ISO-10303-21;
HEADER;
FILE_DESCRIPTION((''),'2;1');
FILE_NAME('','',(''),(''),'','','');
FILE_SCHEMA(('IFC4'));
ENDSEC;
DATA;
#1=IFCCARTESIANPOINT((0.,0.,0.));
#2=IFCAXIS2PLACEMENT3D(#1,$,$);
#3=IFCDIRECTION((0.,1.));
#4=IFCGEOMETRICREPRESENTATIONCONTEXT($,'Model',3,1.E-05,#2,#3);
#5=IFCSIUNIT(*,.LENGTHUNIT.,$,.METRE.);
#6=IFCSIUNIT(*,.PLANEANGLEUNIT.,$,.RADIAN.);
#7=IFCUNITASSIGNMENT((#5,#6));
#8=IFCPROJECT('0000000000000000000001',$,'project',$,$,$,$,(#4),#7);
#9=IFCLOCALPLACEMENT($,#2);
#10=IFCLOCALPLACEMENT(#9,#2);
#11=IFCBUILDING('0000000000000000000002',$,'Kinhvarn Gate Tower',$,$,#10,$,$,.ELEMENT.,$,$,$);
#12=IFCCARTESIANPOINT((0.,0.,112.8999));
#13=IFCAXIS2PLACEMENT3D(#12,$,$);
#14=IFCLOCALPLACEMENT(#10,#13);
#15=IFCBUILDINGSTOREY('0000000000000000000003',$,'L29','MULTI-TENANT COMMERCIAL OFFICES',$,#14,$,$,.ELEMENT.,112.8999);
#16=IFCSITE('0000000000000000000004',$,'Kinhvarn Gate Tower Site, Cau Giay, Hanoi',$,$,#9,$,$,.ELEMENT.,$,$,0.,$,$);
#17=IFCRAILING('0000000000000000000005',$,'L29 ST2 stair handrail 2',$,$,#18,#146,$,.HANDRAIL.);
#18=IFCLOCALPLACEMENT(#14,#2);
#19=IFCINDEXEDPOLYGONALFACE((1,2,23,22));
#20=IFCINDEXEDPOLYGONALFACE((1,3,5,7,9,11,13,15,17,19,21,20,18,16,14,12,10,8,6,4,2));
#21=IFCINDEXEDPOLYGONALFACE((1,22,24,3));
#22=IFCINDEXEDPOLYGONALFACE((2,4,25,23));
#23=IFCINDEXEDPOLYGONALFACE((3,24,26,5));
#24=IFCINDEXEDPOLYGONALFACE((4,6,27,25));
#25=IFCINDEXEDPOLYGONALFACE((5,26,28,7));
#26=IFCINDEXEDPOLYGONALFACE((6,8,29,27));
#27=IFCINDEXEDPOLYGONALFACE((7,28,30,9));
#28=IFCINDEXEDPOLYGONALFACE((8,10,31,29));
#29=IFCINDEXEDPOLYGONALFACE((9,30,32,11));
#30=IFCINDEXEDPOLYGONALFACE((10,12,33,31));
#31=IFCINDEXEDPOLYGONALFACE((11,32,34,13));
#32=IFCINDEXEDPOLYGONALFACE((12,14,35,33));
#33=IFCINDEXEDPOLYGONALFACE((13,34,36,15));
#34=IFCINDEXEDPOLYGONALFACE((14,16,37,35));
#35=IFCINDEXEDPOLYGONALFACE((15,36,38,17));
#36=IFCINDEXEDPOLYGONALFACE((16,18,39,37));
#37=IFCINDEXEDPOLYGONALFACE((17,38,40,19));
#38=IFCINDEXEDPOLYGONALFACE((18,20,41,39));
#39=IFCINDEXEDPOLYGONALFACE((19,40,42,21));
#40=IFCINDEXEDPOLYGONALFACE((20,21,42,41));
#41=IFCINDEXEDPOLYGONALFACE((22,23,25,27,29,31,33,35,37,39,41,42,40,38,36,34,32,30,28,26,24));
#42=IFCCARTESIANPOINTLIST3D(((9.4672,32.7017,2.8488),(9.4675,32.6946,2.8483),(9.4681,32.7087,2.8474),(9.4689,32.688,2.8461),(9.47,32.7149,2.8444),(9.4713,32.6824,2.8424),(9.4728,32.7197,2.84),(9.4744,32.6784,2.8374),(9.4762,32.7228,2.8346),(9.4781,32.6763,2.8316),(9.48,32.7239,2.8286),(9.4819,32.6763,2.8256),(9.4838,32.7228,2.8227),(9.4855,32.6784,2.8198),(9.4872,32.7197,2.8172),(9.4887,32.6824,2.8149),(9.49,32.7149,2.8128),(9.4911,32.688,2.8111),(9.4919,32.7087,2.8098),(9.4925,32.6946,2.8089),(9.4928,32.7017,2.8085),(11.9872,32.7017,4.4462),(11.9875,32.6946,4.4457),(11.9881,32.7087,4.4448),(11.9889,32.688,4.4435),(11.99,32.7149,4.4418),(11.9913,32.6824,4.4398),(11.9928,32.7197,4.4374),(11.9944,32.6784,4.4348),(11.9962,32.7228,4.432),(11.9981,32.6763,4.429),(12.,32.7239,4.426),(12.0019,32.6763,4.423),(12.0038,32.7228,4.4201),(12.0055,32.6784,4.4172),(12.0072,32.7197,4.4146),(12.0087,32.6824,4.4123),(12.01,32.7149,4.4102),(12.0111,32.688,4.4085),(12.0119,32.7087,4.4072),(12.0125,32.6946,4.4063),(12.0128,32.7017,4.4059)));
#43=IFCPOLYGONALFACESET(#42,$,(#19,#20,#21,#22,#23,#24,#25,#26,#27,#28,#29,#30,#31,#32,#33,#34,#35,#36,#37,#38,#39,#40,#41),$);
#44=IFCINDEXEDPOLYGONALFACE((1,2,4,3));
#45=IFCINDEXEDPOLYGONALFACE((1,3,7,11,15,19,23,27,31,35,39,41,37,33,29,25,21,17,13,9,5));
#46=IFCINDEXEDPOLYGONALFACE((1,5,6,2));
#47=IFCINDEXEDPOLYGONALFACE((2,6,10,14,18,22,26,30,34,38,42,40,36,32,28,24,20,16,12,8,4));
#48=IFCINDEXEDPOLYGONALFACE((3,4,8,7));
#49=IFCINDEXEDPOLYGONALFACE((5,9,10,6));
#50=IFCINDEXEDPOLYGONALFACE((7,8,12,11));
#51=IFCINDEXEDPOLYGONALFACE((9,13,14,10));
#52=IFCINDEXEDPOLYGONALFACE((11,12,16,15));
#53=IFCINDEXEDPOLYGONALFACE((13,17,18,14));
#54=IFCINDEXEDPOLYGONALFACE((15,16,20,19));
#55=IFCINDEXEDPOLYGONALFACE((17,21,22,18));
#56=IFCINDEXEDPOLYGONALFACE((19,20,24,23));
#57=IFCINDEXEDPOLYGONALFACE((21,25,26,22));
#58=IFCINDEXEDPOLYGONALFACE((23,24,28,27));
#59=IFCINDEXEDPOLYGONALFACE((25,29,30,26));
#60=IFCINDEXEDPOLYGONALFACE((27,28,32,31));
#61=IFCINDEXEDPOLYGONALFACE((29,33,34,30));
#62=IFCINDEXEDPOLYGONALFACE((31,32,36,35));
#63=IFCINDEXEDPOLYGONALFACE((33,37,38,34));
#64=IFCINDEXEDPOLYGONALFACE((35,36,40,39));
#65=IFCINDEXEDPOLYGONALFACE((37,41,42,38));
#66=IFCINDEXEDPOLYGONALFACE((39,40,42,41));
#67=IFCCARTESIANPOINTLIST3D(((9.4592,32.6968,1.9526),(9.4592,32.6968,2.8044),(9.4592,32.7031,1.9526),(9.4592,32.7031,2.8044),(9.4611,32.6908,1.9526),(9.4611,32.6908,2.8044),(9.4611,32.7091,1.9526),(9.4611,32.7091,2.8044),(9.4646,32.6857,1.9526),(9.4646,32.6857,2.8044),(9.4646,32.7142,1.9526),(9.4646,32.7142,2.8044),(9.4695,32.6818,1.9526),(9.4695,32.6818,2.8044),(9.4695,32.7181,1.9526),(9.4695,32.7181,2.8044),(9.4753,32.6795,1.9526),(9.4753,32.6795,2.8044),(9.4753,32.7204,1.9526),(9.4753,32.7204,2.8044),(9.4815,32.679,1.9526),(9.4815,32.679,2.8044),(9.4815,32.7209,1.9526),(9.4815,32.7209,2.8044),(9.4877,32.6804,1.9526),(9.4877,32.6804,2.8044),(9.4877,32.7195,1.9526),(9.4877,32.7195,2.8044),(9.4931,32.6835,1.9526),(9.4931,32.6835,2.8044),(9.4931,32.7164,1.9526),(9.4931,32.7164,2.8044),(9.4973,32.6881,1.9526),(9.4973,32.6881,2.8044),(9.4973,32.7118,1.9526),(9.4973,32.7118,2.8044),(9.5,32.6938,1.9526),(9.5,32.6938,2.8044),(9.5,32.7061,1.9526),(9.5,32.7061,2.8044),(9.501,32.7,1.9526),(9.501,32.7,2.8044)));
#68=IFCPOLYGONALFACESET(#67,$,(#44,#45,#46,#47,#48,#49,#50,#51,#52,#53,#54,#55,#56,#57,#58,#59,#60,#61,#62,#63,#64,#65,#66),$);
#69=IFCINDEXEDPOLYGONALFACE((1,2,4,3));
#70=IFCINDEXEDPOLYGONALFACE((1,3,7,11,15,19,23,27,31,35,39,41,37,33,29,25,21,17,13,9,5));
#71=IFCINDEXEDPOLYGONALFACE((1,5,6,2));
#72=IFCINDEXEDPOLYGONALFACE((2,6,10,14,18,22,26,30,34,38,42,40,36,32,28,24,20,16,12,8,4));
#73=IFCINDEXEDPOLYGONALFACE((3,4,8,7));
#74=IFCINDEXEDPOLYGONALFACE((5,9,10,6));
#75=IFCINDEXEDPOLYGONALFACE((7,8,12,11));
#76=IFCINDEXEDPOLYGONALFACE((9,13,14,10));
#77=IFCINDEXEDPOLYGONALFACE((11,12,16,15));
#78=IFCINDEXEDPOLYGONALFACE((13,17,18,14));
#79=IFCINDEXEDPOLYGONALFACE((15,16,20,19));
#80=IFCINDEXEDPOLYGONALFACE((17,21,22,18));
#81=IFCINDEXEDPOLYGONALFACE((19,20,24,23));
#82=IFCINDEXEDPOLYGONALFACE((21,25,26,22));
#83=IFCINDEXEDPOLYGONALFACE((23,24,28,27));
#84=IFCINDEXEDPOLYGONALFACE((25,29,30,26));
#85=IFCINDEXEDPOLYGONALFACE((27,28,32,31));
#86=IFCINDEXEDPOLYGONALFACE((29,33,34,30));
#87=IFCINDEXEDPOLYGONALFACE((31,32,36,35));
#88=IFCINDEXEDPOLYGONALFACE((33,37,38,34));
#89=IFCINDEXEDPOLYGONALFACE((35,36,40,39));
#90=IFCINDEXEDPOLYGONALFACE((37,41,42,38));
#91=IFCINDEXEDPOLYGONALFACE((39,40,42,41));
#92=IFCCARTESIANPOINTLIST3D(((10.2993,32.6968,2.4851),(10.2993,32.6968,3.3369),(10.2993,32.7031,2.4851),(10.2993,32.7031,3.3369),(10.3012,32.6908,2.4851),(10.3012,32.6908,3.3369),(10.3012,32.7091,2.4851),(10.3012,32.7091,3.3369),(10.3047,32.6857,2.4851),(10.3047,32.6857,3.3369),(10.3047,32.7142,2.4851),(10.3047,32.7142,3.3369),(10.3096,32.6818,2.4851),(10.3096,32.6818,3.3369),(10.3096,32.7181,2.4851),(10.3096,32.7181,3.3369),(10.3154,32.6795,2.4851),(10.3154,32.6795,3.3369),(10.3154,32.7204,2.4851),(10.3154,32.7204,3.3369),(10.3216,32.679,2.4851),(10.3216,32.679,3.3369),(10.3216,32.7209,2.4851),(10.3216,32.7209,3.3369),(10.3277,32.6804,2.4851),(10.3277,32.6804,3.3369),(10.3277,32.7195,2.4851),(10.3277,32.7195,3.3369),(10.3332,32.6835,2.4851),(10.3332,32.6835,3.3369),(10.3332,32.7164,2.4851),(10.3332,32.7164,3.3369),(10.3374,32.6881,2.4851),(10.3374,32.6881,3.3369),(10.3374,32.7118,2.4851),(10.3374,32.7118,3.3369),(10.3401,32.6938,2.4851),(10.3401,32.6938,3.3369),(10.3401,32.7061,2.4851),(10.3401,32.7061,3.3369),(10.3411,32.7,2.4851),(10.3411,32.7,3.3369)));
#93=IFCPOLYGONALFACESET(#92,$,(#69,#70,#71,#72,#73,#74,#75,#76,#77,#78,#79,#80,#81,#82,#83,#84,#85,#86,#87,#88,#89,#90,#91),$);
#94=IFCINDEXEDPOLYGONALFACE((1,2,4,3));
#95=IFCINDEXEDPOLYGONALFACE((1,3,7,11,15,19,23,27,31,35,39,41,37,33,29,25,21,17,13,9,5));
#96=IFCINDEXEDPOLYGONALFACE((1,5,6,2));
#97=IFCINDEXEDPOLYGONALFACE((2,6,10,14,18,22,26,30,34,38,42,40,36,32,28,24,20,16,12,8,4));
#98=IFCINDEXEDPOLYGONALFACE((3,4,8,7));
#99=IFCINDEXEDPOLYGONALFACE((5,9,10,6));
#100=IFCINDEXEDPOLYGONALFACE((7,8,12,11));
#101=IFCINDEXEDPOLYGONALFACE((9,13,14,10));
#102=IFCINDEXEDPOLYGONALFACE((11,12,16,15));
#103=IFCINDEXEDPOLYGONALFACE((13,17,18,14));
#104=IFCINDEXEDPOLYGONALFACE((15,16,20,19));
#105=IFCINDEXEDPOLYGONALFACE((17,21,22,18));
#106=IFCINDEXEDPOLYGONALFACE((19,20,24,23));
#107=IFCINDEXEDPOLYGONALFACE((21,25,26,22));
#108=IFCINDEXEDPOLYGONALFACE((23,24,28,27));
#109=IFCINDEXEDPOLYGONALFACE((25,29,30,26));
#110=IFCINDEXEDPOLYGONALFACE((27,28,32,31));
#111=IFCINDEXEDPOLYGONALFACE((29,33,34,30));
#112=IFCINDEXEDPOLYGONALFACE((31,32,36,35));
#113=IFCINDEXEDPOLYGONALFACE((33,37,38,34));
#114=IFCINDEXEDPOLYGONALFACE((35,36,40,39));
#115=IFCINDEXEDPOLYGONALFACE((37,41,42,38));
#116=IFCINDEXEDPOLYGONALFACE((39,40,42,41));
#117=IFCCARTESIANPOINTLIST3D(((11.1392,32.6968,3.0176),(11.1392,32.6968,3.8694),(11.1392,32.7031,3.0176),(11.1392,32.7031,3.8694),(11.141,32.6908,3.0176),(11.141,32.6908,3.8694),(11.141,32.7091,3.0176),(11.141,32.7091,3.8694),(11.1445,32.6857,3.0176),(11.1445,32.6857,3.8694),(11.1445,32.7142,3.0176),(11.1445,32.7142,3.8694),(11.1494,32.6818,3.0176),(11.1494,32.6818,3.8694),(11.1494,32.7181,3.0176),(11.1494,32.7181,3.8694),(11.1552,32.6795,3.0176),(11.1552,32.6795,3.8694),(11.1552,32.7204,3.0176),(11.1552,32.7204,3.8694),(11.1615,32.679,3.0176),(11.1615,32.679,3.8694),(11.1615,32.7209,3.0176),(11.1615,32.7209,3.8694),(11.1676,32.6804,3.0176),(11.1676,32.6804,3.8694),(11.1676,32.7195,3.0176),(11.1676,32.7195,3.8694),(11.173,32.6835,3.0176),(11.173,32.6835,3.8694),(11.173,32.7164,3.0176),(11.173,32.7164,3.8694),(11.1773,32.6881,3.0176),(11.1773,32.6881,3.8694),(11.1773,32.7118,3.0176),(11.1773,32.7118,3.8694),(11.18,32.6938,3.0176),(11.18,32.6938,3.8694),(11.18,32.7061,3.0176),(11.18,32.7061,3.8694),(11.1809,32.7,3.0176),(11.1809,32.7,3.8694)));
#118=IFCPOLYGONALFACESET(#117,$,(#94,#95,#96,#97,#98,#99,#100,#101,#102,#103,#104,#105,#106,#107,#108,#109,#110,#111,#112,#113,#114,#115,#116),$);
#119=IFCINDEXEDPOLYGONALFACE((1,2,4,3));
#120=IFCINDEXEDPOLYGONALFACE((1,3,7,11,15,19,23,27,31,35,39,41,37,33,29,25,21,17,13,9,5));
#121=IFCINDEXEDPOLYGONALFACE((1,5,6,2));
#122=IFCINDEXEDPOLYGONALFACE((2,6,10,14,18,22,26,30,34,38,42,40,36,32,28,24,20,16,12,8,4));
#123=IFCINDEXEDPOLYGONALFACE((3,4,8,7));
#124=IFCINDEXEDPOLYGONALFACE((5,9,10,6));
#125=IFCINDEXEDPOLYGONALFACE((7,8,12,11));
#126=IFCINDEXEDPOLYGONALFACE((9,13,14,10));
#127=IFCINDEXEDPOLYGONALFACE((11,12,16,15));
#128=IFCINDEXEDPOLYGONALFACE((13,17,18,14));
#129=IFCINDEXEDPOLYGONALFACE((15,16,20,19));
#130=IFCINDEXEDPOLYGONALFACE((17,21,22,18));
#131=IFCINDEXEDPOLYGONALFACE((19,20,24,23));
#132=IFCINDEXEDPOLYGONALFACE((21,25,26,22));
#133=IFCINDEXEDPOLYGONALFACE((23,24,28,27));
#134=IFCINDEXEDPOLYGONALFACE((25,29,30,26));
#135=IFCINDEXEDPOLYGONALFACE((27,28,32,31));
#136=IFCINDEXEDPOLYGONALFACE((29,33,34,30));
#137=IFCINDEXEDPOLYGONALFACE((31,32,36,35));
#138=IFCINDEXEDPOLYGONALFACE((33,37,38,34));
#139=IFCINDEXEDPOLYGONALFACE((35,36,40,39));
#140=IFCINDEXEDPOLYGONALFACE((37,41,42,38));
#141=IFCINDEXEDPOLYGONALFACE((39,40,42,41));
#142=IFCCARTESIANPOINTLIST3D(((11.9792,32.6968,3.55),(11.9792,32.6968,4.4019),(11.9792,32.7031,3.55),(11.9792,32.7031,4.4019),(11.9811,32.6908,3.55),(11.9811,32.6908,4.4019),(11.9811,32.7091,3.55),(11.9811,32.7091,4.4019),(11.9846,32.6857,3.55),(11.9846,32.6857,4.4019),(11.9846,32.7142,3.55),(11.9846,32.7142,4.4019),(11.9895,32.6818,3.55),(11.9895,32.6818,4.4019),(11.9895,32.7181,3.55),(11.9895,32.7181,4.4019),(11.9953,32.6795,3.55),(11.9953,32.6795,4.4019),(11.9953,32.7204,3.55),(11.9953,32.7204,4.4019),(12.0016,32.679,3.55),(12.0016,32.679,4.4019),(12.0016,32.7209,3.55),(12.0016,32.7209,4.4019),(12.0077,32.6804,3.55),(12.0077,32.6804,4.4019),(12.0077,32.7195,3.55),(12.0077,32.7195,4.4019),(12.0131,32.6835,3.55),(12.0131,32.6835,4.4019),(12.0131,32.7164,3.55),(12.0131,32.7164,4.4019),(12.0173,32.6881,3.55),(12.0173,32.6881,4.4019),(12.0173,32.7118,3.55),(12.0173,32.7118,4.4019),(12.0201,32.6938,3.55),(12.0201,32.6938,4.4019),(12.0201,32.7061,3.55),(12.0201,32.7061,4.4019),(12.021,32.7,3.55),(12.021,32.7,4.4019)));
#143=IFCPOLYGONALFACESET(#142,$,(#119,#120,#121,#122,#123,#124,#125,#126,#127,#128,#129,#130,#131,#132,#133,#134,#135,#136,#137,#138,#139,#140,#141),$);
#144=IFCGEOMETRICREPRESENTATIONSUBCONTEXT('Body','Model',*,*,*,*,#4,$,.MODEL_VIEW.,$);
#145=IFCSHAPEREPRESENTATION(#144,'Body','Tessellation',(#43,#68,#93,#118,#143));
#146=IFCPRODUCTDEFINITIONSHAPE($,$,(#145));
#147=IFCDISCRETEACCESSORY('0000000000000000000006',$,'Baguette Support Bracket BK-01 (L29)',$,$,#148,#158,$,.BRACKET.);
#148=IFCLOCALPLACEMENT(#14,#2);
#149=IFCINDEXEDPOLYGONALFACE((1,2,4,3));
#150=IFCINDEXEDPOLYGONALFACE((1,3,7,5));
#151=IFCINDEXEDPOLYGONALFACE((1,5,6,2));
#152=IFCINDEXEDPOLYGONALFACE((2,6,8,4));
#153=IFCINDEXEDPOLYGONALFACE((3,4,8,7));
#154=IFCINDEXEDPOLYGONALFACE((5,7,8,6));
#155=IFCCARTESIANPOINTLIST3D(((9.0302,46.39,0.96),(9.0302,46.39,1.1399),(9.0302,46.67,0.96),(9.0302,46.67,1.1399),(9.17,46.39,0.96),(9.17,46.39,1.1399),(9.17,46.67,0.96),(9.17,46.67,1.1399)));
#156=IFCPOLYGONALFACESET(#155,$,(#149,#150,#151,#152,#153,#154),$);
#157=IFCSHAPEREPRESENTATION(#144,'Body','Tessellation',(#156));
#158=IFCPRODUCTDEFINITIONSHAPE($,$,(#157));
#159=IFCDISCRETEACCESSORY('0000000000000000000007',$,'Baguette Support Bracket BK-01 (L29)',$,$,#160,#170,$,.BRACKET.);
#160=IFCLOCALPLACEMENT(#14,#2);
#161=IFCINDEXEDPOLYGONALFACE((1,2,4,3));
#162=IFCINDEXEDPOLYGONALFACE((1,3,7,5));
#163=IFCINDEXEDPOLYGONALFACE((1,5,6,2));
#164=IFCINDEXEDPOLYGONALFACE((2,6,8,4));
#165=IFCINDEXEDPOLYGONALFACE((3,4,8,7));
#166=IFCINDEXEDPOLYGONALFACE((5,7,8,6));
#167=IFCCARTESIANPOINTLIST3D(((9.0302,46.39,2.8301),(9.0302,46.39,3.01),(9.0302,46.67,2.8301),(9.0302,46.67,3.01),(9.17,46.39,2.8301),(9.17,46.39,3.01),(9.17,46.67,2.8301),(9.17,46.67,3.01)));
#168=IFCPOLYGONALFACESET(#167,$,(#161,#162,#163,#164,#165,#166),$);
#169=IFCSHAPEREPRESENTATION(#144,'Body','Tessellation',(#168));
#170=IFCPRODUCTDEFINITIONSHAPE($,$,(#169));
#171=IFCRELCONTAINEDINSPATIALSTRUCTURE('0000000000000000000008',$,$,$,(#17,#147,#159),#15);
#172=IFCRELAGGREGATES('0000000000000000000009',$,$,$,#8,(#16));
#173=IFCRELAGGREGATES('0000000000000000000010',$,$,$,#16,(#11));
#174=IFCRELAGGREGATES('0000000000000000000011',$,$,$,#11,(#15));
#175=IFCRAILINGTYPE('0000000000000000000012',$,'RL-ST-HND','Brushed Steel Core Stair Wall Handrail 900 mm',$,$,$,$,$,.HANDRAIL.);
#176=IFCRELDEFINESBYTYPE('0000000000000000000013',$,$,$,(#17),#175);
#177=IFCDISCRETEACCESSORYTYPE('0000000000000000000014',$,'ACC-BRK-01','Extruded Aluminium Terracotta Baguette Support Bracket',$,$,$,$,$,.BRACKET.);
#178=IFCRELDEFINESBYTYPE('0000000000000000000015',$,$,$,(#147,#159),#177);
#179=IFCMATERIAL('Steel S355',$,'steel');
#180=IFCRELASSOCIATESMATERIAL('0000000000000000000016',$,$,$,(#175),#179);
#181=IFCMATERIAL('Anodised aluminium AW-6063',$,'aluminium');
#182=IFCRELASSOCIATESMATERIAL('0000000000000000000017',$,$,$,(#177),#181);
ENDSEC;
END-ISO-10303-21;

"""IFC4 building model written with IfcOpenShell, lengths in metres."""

from ifc_helpers import new_model, si_unit, direction, frame, origin, origin_2d, place, context, subcontext, project, spatial, rectangle, circle, extrude, material, type_object, element, save


model = new_model("IFC4")

# Units and contexts
model_context = context("Model", 3, precision=1e-05, world=origin(), true_north=direction((0.0, 1.0)))
body_context = subcontext(model_context, "Body", "Model", "MODEL_VIEW")
ifc_project = project(units=[si_unit("LENGTHUNIT", "METRE"), si_unit("PLANEANGLEUNIT", "RADIAN")], contexts=[model_context])

# Site, building, storey
site_placement = place(None, origin())
site = spatial("IfcSite", under=ifc_project, at=site_placement, Name="Kinhvarn Gate Tower Site, Cau Giay, Hanoi", CompositionType="ELEMENT", RefElevation=0.0)
building_placement = place(site_placement, origin())
building = spatial("IfcBuilding", under=site, at=building_placement, Name="Kinhvarn Gate Tower", CompositionType="ELEMENT")
storey_placement = place(building_placement, frame((0.0, 0.0, 112.8999)))
storey = spatial("IfcBuildingStorey", under=building, at=storey_placement, Name="L29", Description="MULTI-TENANT COMMERCIAL OFFICES", CompositionType="ELEMENT", Elevation=112.8999)

# Shared definitions
ifc_material_1 = material(Name="Anodised aluminium AW-6063", Category="aluminium")

# Shared definitions
ifc_material_2 = material(Name="Steel S355", Category="steel")

# Railing
railing_type_1 = type_object("IfcRailingType", Name="RL-ST-HND", Description="Brushed Steel Core Stair Wall Handrail 900 mm", PredefinedType="HANDRAIL", material=ifc_material_2)
railing_1_placement = place(storey_placement, frame((9.48, 32.7, 1.9526)))
element("IfcRailing", 1, at=railing_1_placement, inside=storey, type_object=railing_type_1, Name="L29 ST2 stair handrail 2", PredefinedType="HANDRAIL", context=body_context, shape_type="SweptSolid", body=[
    extrude(circle(Radius=0.0239, at=origin_2d()), frame((0.0, 0.0, 0.876), z_axis=(0.844607, 0.0, 0.535387), x_axis=(0.0, 1.0, 0.0)), (0.0, 0.0, 1.0), 2.9836),
    extrude(circle(Radius=0.021, at=origin_2d()), origin(), (0.0, 0.0, 1.0), 0.8518),
    extrude(circle(Radius=0.021, at=origin_2d()), frame((0.8401, 0.0, 0.5325)), (0.0, 0.0, 1.0), 0.8518),
    extrude(circle(Radius=0.021, at=origin_2d()), frame((1.6799, 0.0, 1.0649)), (0.0, 0.0, 1.0), 0.8518),
    extrude(circle(Radius=0.021, at=origin_2d()), frame((2.52, 0.0, 1.5974)), (0.0, 0.0, 1.0), 0.8518),
])

# Discrete accessories
discrete_accessory_type = type_object("IfcDiscreteAccessoryType", Name="ACC-BRK-01", Description="Extruded Aluminium Terracotta Baguette Support Bracket", PredefinedType="BRACKET", material=ifc_material_1)
for number, where, z_axis, x_axis, name in (
    (2, (9.1001, 46.53, 0.96), (0.0, 0.0, 1.0), (-1.0, 0.0, 0.0), "Baguette Support Bracket BK-01 (L29)"),
    (3, (9.1001, 46.53, 2.8301), (0.0, 0.0, 1.0), (-1.0, 0.0, 0.0), "Baguette Support Bracket BK-01 (L29)"),
):
    element("IfcDiscreteAccessory", number, at=place(storey_placement, frame(where, z_axis=z_axis, x_axis=x_axis)), inside=storey, type_object=discrete_accessory_type, Name=name, PredefinedType="BRACKET", context=body_context, shape_type="SweptSolid", body=[
        extrude(rectangle(XDim=0.1399, YDim=0.28, at=origin_2d()), origin(), (0.0, 0.0, 1.0), 0.1799),
    ])

save(model, "model.ifc")
